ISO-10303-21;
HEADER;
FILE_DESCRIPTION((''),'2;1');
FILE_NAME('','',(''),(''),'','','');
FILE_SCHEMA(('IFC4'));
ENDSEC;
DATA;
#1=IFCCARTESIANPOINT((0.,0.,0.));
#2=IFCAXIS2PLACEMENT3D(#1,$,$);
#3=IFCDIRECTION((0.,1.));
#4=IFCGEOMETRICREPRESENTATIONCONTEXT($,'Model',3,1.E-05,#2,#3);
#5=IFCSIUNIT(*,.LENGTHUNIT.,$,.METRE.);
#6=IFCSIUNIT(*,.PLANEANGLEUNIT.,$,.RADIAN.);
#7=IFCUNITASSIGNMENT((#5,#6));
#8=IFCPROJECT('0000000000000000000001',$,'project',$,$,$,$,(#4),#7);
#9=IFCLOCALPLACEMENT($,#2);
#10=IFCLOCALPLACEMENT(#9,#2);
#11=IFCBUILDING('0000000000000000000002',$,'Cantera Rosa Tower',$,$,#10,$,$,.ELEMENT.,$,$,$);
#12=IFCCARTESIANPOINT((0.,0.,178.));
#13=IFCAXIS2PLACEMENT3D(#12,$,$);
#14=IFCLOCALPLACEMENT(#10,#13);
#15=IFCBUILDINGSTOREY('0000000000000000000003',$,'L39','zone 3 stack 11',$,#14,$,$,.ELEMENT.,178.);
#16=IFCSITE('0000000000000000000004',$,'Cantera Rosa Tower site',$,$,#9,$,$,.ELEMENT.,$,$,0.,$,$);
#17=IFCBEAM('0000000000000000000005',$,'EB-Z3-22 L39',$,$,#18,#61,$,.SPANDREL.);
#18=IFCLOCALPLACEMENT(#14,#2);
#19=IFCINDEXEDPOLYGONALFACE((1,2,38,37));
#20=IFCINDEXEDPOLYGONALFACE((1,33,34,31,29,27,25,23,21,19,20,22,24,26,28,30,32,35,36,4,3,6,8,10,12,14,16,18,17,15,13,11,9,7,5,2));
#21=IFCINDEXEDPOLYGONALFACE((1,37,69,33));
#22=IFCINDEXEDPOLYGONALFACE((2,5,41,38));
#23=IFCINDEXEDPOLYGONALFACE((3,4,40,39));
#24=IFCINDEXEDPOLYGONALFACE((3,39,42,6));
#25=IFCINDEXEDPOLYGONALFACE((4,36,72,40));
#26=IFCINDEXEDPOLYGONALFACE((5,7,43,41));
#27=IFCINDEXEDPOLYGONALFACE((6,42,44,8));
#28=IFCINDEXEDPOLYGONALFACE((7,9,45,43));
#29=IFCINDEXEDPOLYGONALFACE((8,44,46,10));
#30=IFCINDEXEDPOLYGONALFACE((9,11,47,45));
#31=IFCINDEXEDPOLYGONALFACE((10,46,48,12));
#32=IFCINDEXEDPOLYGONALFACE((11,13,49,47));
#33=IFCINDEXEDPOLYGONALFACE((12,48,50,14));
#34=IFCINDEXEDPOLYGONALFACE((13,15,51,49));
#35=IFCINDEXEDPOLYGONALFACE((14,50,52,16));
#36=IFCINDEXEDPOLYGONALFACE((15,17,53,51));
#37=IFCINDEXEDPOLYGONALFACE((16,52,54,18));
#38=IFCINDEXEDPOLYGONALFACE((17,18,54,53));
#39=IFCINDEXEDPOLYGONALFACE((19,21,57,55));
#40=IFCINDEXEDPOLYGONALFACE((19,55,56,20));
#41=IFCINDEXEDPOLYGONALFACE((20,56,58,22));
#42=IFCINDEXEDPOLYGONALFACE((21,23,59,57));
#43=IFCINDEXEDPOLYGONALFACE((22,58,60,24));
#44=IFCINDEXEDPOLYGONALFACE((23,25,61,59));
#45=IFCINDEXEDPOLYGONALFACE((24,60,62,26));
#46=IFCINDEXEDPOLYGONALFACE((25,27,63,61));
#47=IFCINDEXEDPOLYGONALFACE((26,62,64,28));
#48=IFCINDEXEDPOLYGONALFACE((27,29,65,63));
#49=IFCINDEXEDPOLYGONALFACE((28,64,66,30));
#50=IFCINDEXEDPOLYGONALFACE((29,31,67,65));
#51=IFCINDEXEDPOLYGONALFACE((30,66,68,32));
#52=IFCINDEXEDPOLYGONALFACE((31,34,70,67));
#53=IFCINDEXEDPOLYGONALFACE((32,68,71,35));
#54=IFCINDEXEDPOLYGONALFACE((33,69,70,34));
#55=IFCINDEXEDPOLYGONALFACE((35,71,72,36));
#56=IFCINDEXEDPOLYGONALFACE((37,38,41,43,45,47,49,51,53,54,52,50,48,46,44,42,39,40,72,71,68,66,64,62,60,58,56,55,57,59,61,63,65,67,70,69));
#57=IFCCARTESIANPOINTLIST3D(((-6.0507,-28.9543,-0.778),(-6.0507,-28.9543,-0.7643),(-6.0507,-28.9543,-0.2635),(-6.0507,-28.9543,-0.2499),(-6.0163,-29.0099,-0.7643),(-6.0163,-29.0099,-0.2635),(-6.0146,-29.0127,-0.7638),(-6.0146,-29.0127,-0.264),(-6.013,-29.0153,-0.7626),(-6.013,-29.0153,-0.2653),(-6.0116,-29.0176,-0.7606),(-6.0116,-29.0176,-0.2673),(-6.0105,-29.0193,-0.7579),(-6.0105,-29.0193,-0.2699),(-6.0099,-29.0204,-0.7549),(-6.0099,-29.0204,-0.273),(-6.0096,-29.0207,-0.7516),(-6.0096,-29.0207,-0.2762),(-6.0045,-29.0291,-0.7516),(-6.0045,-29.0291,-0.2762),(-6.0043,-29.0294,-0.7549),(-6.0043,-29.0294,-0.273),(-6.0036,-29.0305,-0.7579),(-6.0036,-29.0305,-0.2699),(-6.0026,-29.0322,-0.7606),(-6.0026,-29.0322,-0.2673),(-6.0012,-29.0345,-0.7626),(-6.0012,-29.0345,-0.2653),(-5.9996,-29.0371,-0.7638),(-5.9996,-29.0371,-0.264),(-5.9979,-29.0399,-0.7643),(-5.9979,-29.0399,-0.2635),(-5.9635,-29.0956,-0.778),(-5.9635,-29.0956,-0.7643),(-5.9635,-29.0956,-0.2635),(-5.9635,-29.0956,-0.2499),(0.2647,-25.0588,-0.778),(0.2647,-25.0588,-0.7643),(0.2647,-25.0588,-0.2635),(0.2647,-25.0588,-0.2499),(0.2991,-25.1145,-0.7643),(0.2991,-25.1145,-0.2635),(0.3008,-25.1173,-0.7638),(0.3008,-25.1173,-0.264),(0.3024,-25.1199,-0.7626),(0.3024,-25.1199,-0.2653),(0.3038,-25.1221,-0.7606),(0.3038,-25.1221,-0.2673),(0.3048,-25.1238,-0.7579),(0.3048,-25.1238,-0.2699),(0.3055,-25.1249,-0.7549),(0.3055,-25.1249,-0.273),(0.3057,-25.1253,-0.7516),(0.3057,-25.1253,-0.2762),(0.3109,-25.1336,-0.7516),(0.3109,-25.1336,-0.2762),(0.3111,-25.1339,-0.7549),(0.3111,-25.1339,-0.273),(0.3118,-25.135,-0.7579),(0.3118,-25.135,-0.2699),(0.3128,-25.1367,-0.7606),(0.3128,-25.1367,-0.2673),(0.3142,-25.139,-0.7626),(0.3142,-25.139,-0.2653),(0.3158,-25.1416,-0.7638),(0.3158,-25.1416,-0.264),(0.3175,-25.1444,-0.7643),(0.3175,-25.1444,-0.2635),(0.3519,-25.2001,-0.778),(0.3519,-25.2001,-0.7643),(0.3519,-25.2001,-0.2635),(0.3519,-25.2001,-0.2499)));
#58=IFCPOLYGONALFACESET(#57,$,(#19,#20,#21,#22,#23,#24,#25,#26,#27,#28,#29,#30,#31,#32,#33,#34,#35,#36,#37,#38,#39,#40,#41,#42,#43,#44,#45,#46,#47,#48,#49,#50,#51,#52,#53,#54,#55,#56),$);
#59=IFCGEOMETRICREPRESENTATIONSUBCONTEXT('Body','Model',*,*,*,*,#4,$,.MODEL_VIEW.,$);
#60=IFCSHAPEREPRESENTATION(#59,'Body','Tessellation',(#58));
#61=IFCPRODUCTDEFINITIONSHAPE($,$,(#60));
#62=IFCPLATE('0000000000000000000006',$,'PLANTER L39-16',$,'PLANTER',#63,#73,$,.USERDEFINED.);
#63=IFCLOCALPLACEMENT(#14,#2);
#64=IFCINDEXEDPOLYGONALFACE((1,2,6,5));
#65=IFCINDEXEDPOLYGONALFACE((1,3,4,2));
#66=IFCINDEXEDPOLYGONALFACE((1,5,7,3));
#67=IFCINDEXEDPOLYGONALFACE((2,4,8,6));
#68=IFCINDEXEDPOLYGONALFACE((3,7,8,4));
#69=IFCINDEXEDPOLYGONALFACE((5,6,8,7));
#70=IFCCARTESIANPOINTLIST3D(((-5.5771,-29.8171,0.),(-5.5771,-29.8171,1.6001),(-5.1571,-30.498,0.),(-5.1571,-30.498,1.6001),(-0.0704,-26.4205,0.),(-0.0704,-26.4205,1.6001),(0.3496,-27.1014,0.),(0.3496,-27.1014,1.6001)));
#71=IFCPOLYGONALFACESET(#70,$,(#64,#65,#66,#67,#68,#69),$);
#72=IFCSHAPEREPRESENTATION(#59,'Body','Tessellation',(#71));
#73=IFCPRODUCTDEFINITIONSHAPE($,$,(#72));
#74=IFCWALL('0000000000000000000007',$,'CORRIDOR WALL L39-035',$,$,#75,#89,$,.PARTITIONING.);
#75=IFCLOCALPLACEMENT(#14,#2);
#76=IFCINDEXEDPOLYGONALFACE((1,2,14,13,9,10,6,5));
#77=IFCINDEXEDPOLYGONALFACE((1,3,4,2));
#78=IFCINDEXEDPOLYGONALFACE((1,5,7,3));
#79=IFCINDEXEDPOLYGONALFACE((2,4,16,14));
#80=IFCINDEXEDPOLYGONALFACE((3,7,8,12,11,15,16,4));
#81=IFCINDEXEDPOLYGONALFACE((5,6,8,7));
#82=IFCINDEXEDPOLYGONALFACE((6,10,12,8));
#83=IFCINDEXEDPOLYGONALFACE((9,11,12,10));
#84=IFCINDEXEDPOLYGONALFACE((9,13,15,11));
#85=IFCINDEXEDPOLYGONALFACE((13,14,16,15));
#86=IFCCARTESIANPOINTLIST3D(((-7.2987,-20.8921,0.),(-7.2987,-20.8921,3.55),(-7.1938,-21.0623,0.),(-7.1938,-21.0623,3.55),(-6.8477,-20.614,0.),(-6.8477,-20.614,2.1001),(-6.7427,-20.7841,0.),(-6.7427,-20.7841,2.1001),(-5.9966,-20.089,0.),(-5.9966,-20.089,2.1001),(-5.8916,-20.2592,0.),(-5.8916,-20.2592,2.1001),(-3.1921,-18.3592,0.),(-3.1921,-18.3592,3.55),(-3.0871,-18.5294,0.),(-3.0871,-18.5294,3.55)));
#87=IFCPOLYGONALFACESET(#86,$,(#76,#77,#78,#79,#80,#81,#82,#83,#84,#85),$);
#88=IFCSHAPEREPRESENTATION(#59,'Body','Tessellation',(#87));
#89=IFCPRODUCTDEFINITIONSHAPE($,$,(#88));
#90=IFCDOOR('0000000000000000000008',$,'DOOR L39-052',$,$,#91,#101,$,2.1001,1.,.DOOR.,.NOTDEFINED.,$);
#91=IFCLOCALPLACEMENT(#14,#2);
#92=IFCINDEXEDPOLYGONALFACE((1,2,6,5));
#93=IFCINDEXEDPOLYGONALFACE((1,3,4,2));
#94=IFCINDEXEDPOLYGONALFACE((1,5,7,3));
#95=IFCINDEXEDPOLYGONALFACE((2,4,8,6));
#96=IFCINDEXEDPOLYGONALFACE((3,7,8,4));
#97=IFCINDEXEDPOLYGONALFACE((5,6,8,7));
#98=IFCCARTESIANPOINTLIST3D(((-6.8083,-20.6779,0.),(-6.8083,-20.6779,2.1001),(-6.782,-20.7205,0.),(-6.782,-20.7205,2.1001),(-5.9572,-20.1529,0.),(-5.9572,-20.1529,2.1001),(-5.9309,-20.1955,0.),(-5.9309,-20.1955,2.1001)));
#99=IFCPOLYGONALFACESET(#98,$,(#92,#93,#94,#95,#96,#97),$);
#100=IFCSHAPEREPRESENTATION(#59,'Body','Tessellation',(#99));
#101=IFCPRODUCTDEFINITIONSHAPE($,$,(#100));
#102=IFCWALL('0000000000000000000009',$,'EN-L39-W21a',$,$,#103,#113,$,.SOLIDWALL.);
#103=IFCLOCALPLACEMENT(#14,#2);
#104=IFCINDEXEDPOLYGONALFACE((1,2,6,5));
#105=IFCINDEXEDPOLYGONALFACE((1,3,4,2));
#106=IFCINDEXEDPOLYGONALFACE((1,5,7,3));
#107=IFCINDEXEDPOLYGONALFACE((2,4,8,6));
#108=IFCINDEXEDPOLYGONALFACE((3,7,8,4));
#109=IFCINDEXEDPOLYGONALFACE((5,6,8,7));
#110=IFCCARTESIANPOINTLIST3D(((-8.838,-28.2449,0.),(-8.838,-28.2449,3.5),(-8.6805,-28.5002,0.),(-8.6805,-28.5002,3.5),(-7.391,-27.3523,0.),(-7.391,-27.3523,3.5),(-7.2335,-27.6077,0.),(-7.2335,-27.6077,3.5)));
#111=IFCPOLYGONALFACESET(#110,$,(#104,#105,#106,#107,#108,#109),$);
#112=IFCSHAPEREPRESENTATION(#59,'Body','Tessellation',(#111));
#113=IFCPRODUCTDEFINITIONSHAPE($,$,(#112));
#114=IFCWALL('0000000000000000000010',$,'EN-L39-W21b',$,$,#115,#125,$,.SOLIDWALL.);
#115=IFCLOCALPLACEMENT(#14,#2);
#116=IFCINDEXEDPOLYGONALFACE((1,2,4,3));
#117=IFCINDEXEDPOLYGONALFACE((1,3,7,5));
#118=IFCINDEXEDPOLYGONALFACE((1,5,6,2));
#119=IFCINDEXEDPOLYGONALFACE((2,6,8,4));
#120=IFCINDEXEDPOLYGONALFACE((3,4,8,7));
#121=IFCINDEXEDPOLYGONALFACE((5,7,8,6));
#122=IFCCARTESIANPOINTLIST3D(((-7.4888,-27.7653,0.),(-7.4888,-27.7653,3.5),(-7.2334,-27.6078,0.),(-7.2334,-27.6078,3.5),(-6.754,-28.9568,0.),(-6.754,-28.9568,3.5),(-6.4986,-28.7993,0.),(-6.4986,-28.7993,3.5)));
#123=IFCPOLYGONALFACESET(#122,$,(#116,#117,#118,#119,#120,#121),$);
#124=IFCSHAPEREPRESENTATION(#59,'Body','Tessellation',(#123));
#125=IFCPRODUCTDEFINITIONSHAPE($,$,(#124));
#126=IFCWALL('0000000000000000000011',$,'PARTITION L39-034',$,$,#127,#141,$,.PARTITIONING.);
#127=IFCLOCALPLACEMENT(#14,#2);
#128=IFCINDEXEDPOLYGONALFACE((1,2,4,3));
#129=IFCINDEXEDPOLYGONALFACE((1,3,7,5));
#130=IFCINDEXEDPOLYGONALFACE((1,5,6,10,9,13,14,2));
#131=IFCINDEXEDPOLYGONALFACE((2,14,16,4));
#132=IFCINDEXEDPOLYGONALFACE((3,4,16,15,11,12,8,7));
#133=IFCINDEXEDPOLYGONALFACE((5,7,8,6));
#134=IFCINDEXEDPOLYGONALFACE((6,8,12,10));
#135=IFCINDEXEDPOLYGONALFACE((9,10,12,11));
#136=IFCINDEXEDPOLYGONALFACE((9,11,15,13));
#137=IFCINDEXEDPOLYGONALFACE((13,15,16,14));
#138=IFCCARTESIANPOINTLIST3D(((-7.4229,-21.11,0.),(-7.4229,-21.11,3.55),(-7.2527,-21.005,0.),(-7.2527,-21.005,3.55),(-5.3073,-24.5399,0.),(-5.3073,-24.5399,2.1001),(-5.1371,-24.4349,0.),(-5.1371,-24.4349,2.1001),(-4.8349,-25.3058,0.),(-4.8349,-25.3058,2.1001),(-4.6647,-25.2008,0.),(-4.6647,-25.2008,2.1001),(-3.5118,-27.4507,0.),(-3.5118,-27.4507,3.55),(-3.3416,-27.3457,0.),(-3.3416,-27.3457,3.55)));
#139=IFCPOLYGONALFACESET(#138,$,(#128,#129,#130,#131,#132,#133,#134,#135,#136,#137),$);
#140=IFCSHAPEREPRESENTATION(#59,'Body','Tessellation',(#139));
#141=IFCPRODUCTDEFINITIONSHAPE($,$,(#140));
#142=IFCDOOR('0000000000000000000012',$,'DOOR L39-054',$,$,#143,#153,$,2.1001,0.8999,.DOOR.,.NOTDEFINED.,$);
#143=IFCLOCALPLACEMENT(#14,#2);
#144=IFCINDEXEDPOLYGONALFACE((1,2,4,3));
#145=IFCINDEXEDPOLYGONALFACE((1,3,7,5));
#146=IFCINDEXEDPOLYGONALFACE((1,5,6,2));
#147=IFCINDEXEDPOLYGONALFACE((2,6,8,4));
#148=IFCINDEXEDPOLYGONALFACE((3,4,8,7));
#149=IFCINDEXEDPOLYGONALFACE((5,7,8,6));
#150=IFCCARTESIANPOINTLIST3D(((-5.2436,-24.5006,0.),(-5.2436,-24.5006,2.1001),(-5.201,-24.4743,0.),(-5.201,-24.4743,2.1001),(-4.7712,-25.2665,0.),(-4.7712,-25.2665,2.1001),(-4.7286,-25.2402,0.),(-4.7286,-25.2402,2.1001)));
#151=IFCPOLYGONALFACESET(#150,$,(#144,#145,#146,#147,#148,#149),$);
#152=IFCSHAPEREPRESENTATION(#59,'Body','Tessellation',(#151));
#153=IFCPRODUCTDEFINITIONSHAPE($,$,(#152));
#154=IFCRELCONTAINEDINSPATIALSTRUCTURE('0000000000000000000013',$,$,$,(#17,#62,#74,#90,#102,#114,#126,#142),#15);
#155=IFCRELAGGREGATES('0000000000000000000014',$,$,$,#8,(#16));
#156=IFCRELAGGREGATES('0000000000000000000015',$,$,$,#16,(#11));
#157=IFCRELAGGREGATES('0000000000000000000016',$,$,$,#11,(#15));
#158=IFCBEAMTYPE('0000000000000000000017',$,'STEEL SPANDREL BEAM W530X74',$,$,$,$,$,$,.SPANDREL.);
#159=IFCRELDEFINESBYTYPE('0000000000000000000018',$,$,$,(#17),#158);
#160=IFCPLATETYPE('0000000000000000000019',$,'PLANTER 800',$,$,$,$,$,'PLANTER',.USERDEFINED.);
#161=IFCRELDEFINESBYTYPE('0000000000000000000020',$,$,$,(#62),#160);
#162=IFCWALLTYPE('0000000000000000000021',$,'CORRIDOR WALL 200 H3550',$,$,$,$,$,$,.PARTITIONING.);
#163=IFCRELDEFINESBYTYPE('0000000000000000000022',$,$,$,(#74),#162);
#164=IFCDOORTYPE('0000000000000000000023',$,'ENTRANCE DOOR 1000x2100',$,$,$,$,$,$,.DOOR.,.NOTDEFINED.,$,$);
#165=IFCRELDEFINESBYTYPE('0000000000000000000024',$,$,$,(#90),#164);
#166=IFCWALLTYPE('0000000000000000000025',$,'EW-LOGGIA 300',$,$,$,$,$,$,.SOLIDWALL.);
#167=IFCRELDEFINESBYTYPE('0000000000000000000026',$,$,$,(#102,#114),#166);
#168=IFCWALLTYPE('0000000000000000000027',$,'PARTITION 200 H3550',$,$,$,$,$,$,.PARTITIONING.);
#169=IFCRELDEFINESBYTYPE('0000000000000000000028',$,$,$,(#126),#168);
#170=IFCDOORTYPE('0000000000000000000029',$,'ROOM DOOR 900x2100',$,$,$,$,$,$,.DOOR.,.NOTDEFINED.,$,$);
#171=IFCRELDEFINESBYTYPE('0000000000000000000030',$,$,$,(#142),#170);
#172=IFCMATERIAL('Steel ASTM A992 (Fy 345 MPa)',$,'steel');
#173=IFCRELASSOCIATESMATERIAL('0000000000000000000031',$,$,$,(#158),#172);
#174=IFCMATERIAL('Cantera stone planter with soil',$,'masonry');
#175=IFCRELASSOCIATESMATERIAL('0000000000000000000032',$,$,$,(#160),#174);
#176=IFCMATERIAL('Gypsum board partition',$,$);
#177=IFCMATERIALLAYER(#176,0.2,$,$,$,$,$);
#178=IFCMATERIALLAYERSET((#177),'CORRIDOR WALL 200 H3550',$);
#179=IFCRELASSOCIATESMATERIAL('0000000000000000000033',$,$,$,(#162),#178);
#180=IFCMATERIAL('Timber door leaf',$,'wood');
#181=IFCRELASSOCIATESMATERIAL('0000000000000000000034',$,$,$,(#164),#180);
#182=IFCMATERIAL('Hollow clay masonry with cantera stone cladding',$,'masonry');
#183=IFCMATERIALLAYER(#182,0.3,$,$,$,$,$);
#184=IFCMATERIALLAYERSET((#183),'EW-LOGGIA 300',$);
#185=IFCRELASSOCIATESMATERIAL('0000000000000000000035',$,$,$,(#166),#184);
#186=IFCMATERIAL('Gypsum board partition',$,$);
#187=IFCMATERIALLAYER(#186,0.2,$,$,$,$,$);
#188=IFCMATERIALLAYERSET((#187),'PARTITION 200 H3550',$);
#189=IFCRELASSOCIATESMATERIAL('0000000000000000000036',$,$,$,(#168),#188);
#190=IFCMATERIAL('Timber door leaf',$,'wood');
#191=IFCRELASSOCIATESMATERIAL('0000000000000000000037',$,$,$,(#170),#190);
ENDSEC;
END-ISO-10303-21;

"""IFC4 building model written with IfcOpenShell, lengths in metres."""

from ifc_helpers import new_model, si_unit, direction, frame, frame_2d, origin, origin_2d, place, context, subcontext, project, spatial, rectangle, i_section, extrude, material, layer, layer_set, material_profile, profile_set, type_object, element, fill, save


model = new_model("IFC4")

# Units and contexts
model_context = context("Model", 3, precision=1e-05, world=origin(), true_north=direction((0.0, 1.0)))
body_context = subcontext(model_context, "Body", "Model", "MODEL_VIEW")
ifc_project = project(units=[si_unit("LENGTHUNIT", "METRE"), si_unit("PLANEANGLEUNIT", "RADIAN")], contexts=[model_context])

# Site, building, storey
site_placement = place(None, origin())
site = spatial("IfcSite", under=ifc_project, at=site_placement, Name="Cantera Rosa Tower site", CompositionType="ELEMENT", RefElevation=0.0)
building_placement = place(site_placement, origin())
building = spatial("IfcBuilding", under=site, at=building_placement, Name="Cantera Rosa Tower", CompositionType="ELEMENT")
storey_placement = place(building_placement, frame((0.0, 0.0, 178.0)))
storey = spatial("IfcBuildingStorey", under=building, at=storey_placement, Name="L39", Description="zone 3 stack 11", CompositionType="ELEMENT", Elevation=178.0)

# Beam
ifc_material_1 = material(Name="Steel ASTM A992 (Fy 345 MPa)", Category="steel")
ifc_material_profile_1 = material_profile(ifc_material_1, i_section(OverallWidth=0.166, OverallDepth=0.5281, WebThickness=0.0098, FlangeThickness=0.0137, FilletRadius=0.0127, at=origin_2d()), Name="W530X74")
ifc_profile_set_1 = profile_set([ifc_material_profile_1], Name="Steel ASTM A992 (Fy 345 MPa)")
beam_type_1 = type_object("IfcBeamType", Name="STEEL SPANDREL BEAM W530X74", PredefinedType="SPANDREL", material=ifc_profile_set_1)
beam_1_placement = place(storey_placement, frame((-6.0071, -29.0249, -0.5139), z_axis=(0.851111, 0.524986, 0.0), x_axis=(-0.524986, 0.851111, 0.0)))
element("IfcBeam", 1, at=beam_1_placement, inside=storey, type_object=beam_type_1, Name="EB-Z3-22 L39", PredefinedType="SPANDREL", context=body_context, shape_type="SweptSolid", body=[
    extrude(i_section(OverallWidth=0.166, OverallDepth=0.5281, WebThickness=0.0098, FlangeThickness=0.0137, FilletRadius=0.0127, at=origin_2d()), origin(), (0.0, 0.0, 1.0), 7.4202),
])

# Plate
ifc_material_2 = material(Name="Cantera stone planter with soil", Category="masonry")
plate_type = type_object("IfcPlateType", Name="PLANTER 800", ElementType="PLANTER", PredefinedType="USERDEFINED", material=ifc_material_2)
plate_placement = place(storey_placement, frame((-2.6138, -28.4592, 0.0), z_axis=(0.0, 0.0, 1.0), x_axis=(0.851117, 0.524977, 0.0)))
element("IfcPlate", 2, at=plate_placement, inside=storey, type_object=plate_type, Name="PLANTER L39-16", ObjectType="PLANTER", PredefinedType="USERDEFINED", context=body_context, shape_type="SweptSolid", body=[
    extrude(rectangle(XDim=6.47, YDim=0.8, at=origin_2d()), origin(), (0.0, 0.0, 1.0), 1.6001),
])

# Wall, opening, door
ifc_material_3 = material(Name="Gypsum board partition")
ifc_layer_1 = layer(ifc_material_3, 0.2)
ifc_layer_set_1 = layer_set([ifc_layer_1], Name="CORRIDOR WALL 200 H3550")
wall_type_1 = type_object("IfcWallType", Name="CORRIDOR WALL 200 H3550", PredefinedType="PARTITIONING", material=ifc_layer_set_1)
wall_1_placement = place(storey_placement, frame((-7.2463, -20.9773, 0.0), z_axis=(0.0, 0.0, 1.0), x_axis=(0.851125, 0.524964, 0.0)))
wall_1 = element("IfcWall", 3, at=wall_1_placement, inside=storey, type_object=wall_type_1, Name="CORRIDOR WALL L39-035", PredefinedType="PARTITIONING", context=body_context, shape_type="SweptSolid", body=[
    extrude(rectangle(XDim=4.825, YDim=0.2, at=frame_2d((2.4126, 0.0))), origin(), (0.0, 0.0, 1.0), 3.55),
])
opening_1_placement = place(wall_1_placement, frame((0.53, 0.0, 0.0)))
opening_1 = element("IfcOpeningElement", 4, at=opening_1_placement, cuts=wall_1, PredefinedType="OPENING", context=body_context, shape_type="SweptSolid", body=[
    extrude(rectangle(XDim=1.0, YDim=2.1001, at=frame_2d((0.5, 1.05))), frame((0.0, 0.1099, 0.0), z_axis=(0.0, -1.0, 0.0), x_axis=(1.0, 0.0, 0.0)), (0.0, 0.0, 1.0), 0.22),
])
ifc_material_4 = material(Name="Timber door leaf", Category="wood")
door_type_1 = type_object("IfcDoorType", Name="ENTRANCE DOOR 1000x2100", OperationType="NOTDEFINED", PredefinedType="DOOR", material=ifc_material_4)
door_1_placement = place(opening_1_placement, origin())
door_1 = element("IfcDoor", 5, at=door_1_placement, inside=storey, type_object=door_type_1, Name="DOOR L39-052", OperationType="NOTDEFINED", OverallHeight=2.1001, OverallWidth=1.0, PredefinedType="DOOR", context=body_context, shape_type="SweptSolid", body=[
    extrude(rectangle(XDim=1.0, YDim=2.1001, at=frame_2d((0.5, 1.05))), frame((0.0, 0.0249, 0.0), z_axis=(0.0, -1.0, 0.0), x_axis=(1.0, 0.0, 0.0)), (0.0, 0.0, 1.0), 0.05),
])
fill(opening_1, door_1)

# Walls
ifc_material_5 = material(Name="Hollow clay masonry with cantera stone cladding", Category="masonry")
ifc_layer_2 = layer(ifc_material_5, 0.3)
ifc_layer_set_2 = layer_set([ifc_layer_2], Name="EW-LOGGIA 300")
wall_type_2 = type_object("IfcWallType", Name="EW-LOGGIA 300", PredefinedType="SOLIDWALL", material=ifc_layer_set_2)
wall_2_placement = place(storey_placement, frame((-8.7593, -28.3726, 0.0), z_axis=(0.0, 0.0, 1.0), x_axis=(0.851106, 0.524994, 0.0)))
element("IfcWall", 6, at=wall_2_placement, inside=storey, type_object=wall_type_2, Name="EN-L39-W21a", PredefinedType="SOLIDWALL", context=body_context, shape_type="SweptSolid", body=[
    extrude(rectangle(XDim=1.7002, YDim=0.3, at=frame_2d((0.8501, 0.0))), origin(), (0.0, 0.0, 1.0), 3.5),
])
wall_3_placement = place(storey_placement, frame((-7.3611, -27.6865, 0.0), z_axis=(0.0, 0.0, 1.0), x_axis=(0.524895, -0.851167, 0.0)))
element("IfcWall", 7, at=wall_3_placement, inside=storey, type_object=wall_type_2, Name="EN-L39-W21b", PredefinedType="SOLIDWALL", context=body_context, shape_type="SweptSolid", body=[
    extrude(rectangle(XDim=1.3999, YDim=0.3, at=frame_2d((0.7, 0.0))), origin(), (0.0, 0.0, 1.0), 3.5),
])

# Wall, opening, door
ifc_material_6 = material(Name="Gypsum board partition")
ifc_layer_3 = layer(ifc_material_6, 0.2)
ifc_layer_set_3 = layer_set([ifc_layer_3], Name="PARTITION 200 H3550")
wall_type_3 = type_object("IfcWallType", Name="PARTITION 200 H3550", PredefinedType="PARTITIONING", material=ifc_layer_set_3)
wall_4_placement = place(storey_placement, frame((-7.3379, -21.0574, 0.0), z_axis=(0.0, 0.0, 1.0), x_axis=(0.524982, -0.851113, 0.0)))
wall_4 = element("IfcWall", 8, at=wall_4_placement, inside=storey, type_object=wall_type_3, Name="PARTITION L39-034", PredefinedType="PARTITIONING", context=body_context, shape_type="SweptSolid", body=[
    extrude(rectangle(XDim=7.45, YDim=0.2, at=frame_2d((3.7251, 0.0))), origin(), (0.0, 0.0, 1.0), 3.55),
])
opening_2_placement = place(wall_4_placement, frame((4.03, 0.0, 0.0)))
opening_2 = element("IfcOpeningElement", 9, at=opening_2_placement, cuts=wall_4, PredefinedType="OPENING", context=body_context, shape_type="SweptSolid", body=[
    extrude(rectangle(XDim=0.8999, YDim=2.1001, at=frame_2d((0.45, 1.05))), frame((0.0, 0.1099, 0.0), z_axis=(0.0, -1.0, 0.0), x_axis=(1.0, 0.0, 0.0)), (0.0, 0.0, 1.0), 0.22),
])
ifc_material_7 = material(Name="Timber door leaf", Category="wood")
door_type_2 = type_object("IfcDoorType", Name="ROOM DOOR 900x2100", OperationType="NOTDEFINED", PredefinedType="DOOR", material=ifc_material_7)
door_2_placement = place(opening_2_placement, origin())
door_2 = element("IfcDoor", 10, at=door_2_placement, inside=storey, type_object=door_type_2, Name="DOOR L39-054", OperationType="NOTDEFINED", OverallHeight=2.1001, OverallWidth=0.8999, PredefinedType="DOOR", context=body_context, shape_type="SweptSolid", body=[
    extrude(rectangle(XDim=0.8999, YDim=2.1001, at=frame_2d((0.45, 1.05))), frame((0.0, 0.0249, 0.0), z_axis=(0.0, -1.0, 0.0), x_axis=(1.0, 0.0, 0.0)), (0.0, 0.0, 1.0), 0.05),
])
fill(opening_2, door_2)

save(model, "model.ifc")
